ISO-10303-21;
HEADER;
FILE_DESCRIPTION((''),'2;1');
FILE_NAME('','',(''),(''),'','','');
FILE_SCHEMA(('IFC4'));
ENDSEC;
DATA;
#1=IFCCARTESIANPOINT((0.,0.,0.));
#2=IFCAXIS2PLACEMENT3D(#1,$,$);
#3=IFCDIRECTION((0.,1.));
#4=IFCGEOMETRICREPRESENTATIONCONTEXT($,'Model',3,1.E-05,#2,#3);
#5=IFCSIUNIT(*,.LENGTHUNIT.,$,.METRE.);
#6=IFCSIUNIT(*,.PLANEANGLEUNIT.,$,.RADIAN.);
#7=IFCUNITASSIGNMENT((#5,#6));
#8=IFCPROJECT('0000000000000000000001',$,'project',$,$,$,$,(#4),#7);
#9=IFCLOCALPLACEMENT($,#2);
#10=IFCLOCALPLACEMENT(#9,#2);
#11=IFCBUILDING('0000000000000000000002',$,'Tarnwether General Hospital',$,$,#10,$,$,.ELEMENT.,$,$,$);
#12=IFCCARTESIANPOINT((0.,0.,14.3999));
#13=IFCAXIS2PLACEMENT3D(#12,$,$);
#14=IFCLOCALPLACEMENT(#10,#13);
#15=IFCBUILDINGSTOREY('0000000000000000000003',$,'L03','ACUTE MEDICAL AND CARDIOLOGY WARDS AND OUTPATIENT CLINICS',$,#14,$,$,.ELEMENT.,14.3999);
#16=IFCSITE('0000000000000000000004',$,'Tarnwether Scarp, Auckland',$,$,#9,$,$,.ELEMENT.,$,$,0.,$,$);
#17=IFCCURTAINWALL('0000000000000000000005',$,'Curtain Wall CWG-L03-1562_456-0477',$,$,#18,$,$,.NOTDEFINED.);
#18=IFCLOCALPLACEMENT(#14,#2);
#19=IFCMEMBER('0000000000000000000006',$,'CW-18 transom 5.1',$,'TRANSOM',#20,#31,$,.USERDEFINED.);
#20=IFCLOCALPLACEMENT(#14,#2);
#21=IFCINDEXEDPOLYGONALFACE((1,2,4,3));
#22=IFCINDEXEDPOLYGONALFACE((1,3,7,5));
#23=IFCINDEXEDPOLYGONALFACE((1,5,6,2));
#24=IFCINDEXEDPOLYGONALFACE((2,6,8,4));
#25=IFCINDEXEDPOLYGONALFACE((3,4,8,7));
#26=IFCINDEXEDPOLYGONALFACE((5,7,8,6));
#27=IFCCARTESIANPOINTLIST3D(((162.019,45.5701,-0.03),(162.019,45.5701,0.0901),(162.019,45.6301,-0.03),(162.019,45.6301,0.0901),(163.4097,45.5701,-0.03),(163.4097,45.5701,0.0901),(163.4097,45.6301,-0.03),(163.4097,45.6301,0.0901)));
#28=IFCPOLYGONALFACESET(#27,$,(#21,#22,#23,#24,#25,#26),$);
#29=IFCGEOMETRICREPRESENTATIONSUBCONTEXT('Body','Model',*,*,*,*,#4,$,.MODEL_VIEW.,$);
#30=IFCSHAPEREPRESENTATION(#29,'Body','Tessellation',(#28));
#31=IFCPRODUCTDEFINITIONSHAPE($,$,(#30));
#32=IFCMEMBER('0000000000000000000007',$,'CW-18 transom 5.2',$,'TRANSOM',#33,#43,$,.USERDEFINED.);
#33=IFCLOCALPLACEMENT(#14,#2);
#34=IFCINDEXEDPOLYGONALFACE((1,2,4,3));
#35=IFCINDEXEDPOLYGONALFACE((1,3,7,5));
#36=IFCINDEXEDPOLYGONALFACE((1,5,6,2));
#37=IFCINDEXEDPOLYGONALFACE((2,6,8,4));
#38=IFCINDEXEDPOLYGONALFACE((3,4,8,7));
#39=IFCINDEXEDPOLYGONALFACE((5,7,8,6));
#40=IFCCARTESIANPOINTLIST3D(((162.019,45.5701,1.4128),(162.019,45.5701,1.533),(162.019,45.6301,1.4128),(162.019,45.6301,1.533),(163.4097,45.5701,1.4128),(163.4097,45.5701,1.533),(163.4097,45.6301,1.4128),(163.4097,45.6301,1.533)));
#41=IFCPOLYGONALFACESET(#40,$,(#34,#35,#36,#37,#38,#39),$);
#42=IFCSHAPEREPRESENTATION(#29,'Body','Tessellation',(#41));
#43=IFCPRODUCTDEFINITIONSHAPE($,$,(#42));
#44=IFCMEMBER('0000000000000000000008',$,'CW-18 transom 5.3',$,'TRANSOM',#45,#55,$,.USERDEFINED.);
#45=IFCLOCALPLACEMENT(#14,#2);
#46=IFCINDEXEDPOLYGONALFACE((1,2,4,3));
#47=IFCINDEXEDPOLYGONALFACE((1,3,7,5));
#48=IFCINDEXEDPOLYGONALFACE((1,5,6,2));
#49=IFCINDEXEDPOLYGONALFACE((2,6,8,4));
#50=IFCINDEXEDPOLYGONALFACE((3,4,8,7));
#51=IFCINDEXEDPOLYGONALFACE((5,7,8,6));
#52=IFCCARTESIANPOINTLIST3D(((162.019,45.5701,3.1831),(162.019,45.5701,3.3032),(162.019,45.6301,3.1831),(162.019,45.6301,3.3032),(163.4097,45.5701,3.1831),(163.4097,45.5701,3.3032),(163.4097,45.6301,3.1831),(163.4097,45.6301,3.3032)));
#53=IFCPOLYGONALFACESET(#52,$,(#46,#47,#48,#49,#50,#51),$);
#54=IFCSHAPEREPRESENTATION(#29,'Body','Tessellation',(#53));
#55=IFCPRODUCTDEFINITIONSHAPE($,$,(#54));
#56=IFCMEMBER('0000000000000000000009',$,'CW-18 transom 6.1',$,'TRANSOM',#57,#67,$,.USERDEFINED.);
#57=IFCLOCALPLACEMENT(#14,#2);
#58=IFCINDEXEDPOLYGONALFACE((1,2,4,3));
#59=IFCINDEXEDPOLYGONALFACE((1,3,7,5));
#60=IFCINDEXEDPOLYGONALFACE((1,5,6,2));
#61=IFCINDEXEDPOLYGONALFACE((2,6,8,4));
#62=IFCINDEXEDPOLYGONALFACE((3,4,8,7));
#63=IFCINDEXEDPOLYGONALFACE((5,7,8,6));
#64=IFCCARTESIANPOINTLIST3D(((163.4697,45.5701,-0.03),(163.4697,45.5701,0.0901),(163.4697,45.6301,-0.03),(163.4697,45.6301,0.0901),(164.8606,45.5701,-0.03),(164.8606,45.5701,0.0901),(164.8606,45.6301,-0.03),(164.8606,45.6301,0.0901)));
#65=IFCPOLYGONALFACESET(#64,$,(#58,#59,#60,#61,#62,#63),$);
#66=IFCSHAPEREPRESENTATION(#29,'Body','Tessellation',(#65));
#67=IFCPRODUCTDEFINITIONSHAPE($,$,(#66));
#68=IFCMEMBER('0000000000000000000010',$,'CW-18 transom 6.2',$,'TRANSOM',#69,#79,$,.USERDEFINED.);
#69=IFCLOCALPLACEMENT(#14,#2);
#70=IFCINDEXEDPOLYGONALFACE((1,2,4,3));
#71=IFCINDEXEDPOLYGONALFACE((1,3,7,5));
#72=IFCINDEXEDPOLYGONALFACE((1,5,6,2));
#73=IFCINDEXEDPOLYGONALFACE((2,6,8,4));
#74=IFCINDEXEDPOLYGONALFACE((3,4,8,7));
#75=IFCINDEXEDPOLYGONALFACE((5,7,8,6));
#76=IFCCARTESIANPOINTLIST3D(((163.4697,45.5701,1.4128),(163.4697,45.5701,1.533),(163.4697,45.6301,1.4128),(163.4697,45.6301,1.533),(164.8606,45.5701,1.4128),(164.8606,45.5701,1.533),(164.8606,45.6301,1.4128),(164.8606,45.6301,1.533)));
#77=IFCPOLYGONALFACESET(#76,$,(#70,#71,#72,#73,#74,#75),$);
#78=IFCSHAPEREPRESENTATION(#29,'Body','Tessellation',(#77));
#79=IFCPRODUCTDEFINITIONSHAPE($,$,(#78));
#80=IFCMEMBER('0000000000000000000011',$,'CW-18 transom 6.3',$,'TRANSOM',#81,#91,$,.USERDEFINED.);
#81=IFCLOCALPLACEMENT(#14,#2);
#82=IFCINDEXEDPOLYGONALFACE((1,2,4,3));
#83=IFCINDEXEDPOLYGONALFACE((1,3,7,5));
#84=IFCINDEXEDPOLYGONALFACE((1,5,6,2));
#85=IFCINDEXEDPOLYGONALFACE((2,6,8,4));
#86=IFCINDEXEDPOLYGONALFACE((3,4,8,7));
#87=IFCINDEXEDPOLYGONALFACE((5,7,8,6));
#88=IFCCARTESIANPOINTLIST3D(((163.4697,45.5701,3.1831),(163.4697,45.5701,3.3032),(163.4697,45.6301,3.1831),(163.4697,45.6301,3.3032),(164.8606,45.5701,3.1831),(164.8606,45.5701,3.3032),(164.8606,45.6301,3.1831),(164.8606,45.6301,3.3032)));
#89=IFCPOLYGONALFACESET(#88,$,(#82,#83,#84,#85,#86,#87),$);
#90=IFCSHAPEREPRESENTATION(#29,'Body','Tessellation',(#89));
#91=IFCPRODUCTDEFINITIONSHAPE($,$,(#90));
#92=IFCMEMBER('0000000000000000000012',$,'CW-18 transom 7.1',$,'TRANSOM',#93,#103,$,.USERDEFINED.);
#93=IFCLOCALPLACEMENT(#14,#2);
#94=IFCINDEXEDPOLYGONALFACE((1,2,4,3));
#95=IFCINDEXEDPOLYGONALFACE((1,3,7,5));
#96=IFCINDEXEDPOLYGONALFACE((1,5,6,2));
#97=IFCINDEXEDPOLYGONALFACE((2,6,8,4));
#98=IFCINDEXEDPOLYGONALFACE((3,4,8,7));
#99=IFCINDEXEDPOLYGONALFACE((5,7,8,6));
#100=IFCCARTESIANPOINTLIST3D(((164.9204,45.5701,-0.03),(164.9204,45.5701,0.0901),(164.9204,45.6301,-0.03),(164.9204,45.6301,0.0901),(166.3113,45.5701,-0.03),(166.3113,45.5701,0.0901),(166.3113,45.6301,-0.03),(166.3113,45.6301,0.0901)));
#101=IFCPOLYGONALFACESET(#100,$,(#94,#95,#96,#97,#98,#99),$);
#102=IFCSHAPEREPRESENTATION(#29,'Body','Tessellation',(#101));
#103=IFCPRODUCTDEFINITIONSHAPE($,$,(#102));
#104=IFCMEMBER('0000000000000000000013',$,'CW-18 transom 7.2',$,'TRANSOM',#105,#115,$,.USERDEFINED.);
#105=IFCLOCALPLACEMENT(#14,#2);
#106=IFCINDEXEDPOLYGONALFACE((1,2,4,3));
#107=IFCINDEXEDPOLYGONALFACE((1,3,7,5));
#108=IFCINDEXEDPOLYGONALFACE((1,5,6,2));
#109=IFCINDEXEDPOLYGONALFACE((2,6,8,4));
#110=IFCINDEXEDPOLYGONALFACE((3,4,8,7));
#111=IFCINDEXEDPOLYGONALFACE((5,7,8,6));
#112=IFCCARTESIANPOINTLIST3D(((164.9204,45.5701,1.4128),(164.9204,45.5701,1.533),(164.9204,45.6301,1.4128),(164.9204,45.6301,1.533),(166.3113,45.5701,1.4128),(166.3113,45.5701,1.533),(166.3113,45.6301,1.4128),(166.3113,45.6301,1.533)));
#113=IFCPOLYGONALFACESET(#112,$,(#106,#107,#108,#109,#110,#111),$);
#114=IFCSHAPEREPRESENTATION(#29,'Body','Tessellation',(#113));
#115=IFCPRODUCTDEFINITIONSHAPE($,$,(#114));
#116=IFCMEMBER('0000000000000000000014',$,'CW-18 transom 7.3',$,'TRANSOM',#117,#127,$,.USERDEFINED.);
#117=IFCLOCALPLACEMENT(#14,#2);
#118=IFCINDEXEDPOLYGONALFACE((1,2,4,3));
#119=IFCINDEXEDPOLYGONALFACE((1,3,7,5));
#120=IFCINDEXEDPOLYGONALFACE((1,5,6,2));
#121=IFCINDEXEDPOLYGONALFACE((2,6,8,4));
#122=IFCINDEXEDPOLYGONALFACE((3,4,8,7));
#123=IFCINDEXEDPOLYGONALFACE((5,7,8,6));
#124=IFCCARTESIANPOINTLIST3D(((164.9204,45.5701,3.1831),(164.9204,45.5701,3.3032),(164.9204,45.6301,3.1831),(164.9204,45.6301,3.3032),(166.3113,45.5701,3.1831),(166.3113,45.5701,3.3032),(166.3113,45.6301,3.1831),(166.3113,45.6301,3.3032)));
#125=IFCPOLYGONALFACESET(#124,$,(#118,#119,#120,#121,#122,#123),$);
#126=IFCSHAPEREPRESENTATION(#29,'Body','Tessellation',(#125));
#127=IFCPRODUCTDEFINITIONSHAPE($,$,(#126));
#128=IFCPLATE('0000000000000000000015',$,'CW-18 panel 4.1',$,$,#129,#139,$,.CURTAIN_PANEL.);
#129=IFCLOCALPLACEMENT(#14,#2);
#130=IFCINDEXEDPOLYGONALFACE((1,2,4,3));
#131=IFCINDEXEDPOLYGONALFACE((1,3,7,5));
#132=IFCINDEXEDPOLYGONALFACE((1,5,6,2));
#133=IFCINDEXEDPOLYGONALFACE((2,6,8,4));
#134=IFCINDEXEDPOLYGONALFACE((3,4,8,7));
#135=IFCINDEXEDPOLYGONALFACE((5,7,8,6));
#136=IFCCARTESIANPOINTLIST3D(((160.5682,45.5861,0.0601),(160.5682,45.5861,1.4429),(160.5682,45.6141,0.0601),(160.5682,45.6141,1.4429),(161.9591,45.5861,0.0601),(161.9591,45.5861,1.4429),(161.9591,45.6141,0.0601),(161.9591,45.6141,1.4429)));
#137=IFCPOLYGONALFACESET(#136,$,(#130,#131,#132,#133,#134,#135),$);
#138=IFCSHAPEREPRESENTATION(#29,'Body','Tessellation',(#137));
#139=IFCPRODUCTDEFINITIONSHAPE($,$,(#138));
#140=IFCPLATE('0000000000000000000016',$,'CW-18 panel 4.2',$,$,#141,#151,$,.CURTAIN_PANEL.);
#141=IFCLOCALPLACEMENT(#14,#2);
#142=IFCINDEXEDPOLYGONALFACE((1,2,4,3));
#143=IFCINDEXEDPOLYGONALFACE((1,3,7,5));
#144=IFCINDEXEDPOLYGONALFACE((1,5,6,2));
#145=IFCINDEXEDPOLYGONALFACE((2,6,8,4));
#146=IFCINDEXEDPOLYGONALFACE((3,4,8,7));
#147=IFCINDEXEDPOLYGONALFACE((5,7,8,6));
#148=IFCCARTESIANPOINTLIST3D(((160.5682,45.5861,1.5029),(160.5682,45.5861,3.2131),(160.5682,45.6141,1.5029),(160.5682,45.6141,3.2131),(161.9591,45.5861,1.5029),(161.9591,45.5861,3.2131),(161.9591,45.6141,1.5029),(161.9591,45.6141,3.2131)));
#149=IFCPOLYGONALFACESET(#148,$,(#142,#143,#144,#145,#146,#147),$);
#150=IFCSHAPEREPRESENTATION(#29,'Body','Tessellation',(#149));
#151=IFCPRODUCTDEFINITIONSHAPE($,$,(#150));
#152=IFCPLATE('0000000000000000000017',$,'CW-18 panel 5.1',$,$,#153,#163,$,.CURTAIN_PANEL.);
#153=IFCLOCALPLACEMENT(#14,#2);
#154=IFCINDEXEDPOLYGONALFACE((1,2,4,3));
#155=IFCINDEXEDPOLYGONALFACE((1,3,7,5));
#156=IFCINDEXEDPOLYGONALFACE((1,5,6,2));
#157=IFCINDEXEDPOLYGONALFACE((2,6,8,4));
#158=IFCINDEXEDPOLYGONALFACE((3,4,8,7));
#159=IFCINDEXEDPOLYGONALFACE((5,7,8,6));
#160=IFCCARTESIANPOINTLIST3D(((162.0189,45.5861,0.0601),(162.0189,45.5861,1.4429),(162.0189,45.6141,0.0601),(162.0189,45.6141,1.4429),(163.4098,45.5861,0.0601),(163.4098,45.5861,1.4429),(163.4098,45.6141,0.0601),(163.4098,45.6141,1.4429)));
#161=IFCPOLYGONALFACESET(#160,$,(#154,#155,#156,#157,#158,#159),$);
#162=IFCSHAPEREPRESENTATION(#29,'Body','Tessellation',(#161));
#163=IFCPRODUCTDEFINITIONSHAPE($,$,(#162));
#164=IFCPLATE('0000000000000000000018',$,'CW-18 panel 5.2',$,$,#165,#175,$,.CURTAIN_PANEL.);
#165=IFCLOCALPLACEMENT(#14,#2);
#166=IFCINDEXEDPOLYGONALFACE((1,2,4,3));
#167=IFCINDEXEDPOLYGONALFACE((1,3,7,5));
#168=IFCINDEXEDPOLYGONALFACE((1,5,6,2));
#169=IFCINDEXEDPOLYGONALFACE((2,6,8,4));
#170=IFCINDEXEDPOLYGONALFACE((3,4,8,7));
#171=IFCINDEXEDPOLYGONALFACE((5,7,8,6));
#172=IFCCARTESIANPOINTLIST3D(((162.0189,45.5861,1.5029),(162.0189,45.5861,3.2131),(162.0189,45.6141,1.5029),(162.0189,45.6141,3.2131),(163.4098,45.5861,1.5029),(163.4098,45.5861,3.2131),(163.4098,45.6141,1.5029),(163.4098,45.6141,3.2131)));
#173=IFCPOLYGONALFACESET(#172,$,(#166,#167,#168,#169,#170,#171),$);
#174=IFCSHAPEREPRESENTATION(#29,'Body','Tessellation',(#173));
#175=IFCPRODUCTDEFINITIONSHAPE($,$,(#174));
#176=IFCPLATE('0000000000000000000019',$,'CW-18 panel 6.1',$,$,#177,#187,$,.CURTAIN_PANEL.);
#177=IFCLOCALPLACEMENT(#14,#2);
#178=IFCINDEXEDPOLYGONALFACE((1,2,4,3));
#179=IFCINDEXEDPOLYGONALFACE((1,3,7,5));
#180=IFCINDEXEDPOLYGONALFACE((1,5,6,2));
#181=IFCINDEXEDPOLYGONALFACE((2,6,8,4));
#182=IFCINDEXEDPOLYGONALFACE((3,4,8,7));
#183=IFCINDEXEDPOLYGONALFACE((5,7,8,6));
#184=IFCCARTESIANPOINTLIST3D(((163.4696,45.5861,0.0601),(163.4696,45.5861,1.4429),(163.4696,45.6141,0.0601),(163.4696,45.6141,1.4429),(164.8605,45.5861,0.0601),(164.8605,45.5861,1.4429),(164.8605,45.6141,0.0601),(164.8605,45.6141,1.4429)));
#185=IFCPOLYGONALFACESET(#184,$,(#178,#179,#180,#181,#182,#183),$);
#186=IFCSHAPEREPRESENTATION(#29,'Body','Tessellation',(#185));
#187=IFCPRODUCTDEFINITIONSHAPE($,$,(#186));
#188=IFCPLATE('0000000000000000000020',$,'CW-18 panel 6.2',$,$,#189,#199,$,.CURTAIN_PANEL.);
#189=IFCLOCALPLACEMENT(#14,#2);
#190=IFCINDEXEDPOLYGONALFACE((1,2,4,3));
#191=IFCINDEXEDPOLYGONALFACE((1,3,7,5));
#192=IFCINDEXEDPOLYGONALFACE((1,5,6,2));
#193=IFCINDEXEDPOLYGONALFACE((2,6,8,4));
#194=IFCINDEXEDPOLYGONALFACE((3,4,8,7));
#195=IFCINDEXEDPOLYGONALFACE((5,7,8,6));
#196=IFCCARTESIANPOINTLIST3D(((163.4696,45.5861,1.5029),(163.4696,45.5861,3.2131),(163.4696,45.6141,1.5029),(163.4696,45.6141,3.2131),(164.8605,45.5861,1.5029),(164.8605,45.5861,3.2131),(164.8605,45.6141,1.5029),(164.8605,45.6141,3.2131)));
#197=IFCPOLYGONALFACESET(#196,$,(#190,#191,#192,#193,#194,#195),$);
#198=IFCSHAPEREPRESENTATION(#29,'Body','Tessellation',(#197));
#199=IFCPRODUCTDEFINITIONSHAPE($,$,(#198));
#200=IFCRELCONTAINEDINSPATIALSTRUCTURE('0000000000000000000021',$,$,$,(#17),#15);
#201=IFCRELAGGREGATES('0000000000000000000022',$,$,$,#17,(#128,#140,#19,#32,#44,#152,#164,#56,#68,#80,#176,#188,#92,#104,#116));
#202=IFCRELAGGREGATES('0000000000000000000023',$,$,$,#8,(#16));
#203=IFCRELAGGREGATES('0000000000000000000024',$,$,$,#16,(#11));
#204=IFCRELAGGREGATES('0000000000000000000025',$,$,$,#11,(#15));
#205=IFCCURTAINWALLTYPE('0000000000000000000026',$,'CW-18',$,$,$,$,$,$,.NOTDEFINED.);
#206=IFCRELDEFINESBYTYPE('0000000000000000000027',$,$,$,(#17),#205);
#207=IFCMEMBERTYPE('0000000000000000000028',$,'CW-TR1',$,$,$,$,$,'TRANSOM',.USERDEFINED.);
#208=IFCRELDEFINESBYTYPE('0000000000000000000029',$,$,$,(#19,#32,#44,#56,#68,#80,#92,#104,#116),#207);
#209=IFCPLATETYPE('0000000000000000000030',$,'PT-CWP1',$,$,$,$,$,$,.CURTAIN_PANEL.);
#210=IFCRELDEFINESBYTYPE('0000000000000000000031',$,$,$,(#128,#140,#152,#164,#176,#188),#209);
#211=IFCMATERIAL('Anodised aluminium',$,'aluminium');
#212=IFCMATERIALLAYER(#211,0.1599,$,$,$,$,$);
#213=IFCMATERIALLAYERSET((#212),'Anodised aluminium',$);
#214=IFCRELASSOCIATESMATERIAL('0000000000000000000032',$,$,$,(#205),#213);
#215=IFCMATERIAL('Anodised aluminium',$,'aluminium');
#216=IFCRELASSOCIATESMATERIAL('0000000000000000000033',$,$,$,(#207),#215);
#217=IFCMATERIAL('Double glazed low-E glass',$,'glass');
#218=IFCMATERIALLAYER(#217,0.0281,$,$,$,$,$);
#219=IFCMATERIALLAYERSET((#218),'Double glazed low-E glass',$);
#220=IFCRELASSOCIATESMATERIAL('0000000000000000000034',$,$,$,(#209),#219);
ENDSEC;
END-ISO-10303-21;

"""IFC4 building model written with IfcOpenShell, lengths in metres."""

from ifc_helpers import new_model, si_unit, direction, frame, origin, origin_2d, place, context, subcontext, project, spatial, rectangle, extrude, material, layer, layer_set, material_profile, profile_set, type_object, element, aggregate, save


model = new_model("IFC4")

# Units and contexts
model_context = context("Model", 3, precision=1e-05, world=origin(), true_north=direction((0.0, 1.0)))
body_context = subcontext(model_context, "Body", "Model", "MODEL_VIEW")
ifc_project = project(units=[si_unit("LENGTHUNIT", "METRE"), si_unit("PLANEANGLEUNIT", "RADIAN")], contexts=[model_context])

# Site, building, storey
site_placement = place(None, origin())
site = spatial("IfcSite", under=ifc_project, at=site_placement, Name="Tarnwether Scarp, Auckland", CompositionType="ELEMENT", RefElevation=0.0)
building_placement = place(site_placement, origin())
building = spatial("IfcBuilding", under=site, at=building_placement, Name="Tarnwether General Hospital", CompositionType="ELEMENT")
storey_placement = place(building_placement, frame((0.0, 0.0, 14.3999)))
storey = spatial("IfcBuildingStorey", under=building, at=storey_placement, Name="L03", Description="ACUTE MEDICAL AND CARDIOLOGY WARDS AND OUTPATIENT CLINICS", CompositionType="ELEMENT", Elevation=14.3999)

# Curtain wall, members, plates
ifc_material_1 = material(Name="Anodised aluminium", Category="aluminium")
ifc_layer_1 = layer(ifc_material_1, 0.1599)
ifc_layer_set_1 = layer_set([ifc_layer_1], Name="Anodised aluminium")
curtain_wall_type = type_object("IfcCurtainWallType", Name="CW-18", PredefinedType="NOTDEFINED", material=ifc_layer_set_1)
curtain_wall_placement = place(storey_placement, origin())
curtain_wall = element("IfcCurtainWall", 1, at=curtain_wall_placement, inside=storey, type_object=curtain_wall_type, Name="Curtain Wall CWG-L03-1562_456-0477", PredefinedType="NOTDEFINED")
ifc_material_2 = material(Name="Anodised aluminium", Category="aluminium")
ifc_material_profile_1 = material_profile(ifc_material_2, rectangle(XDim=0.0601, YDim=0.1201, at=origin_2d()), Name="ALU-TRN-60x120")
ifc_profile_set_1 = profile_set([ifc_material_profile_1], Name="Anodised aluminium")
member_type_1 = type_object("IfcMemberType", Name="CW-TR1", ElementType="TRANSOM", PredefinedType="USERDEFINED", material=ifc_profile_set_1)
member_1_placement = place(storey_placement, frame((162.019, 45.6001, 0.03), z_axis=(1.0, 0.0, 0.0), x_axis=(0.0, 1.0, 0.0)))
member_1 = element("IfcMember", 2, at=member_1_placement, type_object=member_type_1, Name="CW-18 transom 5.1", ObjectType="TRANSOM", PredefinedType="USERDEFINED", context=body_context, shape_type="SweptSolid", body=[
    extrude(rectangle(XDim=0.0601, YDim=0.1201, at=origin_2d()), origin(), (0.0, 0.0, 1.0), 1.3906),
])
member_2_placement = place(storey_placement, frame((162.019, 45.6001, 1.4729), z_axis=(1.0, 0.0, 0.0), x_axis=(0.0, 1.0, 0.0)))
member_2 = element("IfcMember", 3, at=member_2_placement, type_object=member_type_1, Name="CW-18 transom 5.2", ObjectType="TRANSOM", PredefinedType="USERDEFINED", context=body_context, shape_type="SweptSolid", body=[
    extrude(rectangle(XDim=0.0601, YDim=0.1201, at=origin_2d()), origin(), (0.0, 0.0, 1.0), 1.3906),
])
member_3_placement = place(storey_placement, frame((162.019, 45.6001, 3.2432), z_axis=(1.0, 0.0, 0.0), x_axis=(0.0, 1.0, 0.0)))
member_3 = element("IfcMember", 4, at=member_3_placement, type_object=member_type_1, Name="CW-18 transom 5.3", ObjectType="TRANSOM", PredefinedType="USERDEFINED", context=body_context, shape_type="SweptSolid", body=[
    extrude(rectangle(XDim=0.0601, YDim=0.1201, at=origin_2d()), origin(), (0.0, 0.0, 1.0), 1.3906),
])
member_4_placement = place(storey_placement, frame((163.4697, 45.6001, 0.03), z_axis=(1.0, 0.0, 0.0), x_axis=(0.0, 1.0, 0.0)))
member_4 = element("IfcMember", 5, at=member_4_placement, type_object=member_type_1, Name="CW-18 transom 6.1", ObjectType="TRANSOM", PredefinedType="USERDEFINED", context=body_context, shape_type="SweptSolid", body=[
    extrude(rectangle(XDim=0.0601, YDim=0.1201, at=origin_2d()), origin(), (0.0, 0.0, 1.0), 1.3909),
])
member_5_placement = place(storey_placement, frame((163.4697, 45.6001, 1.4729), z_axis=(1.0, 0.0, 0.0), x_axis=(0.0, 1.0, 0.0)))
member_5 = element("IfcMember", 6, at=member_5_placement, type_object=member_type_1, Name="CW-18 transom 6.2", ObjectType="TRANSOM", PredefinedType="USERDEFINED", context=body_context, shape_type="SweptSolid", body=[
    extrude(rectangle(XDim=0.0601, YDim=0.1201, at=origin_2d()), origin(), (0.0, 0.0, 1.0), 1.3909),
])
member_6_placement = place(storey_placement, frame((163.4697, 45.6001, 3.2432), z_axis=(1.0, 0.0, 0.0), x_axis=(0.0, 1.0, 0.0)))
member_6 = element("IfcMember", 7, at=member_6_placement, type_object=member_type_1, Name="CW-18 transom 6.3", ObjectType="TRANSOM", PredefinedType="USERDEFINED", context=body_context, shape_type="SweptSolid", body=[
    extrude(rectangle(XDim=0.0601, YDim=0.1201, at=origin_2d()), origin(), (0.0, 0.0, 1.0), 1.3909),
])
member_7_placement = place(storey_placement, frame((164.9204, 45.6001, 0.03), z_axis=(1.0, 0.0, 0.0), x_axis=(0.0, 1.0, 0.0)))
member_7 = element("IfcMember", 8, at=member_7_placement, type_object=member_type_1, Name="CW-18 transom 7.1", ObjectType="TRANSOM", PredefinedType="USERDEFINED", context=body_context, shape_type="SweptSolid", body=[
    extrude(rectangle(XDim=0.0601, YDim=0.1201, at=origin_2d()), origin(), (0.0, 0.0, 1.0), 1.3909),
])
member_8_placement = place(storey_placement, frame((164.9204, 45.6001, 1.4729), z_axis=(1.0, 0.0, 0.0), x_axis=(0.0, 1.0, 0.0)))
member_8 = element("IfcMember", 9, at=member_8_placement, type_object=member_type_1, Name="CW-18 transom 7.2", ObjectType="TRANSOM", PredefinedType="USERDEFINED", context=body_context, shape_type="SweptSolid", body=[
    extrude(rectangle(XDim=0.0601, YDim=0.1201, at=origin_2d()), origin(), (0.0, 0.0, 1.0), 1.3909),
])
member_9_placement = place(storey_placement, frame((164.9204, 45.6001, 3.2432), z_axis=(1.0, 0.0, 0.0), x_axis=(0.0, 1.0, 0.0)))
member_9 = element("IfcMember", 10, at=member_9_placement, type_object=member_type_1, Name="CW-18 transom 7.3", ObjectType="TRANSOM", PredefinedType="USERDEFINED", context=body_context, shape_type="SweptSolid", body=[
    extrude(rectangle(XDim=0.0601, YDim=0.1201, at=origin_2d()), origin(), (0.0, 0.0, 1.0), 1.3909),
])
ifc_material_3 = material(Name="Double glazed low-E glass", Category="glass")
ifc_layer_2 = layer(ifc_material_3, 0.0281)
ifc_layer_set_2 = layer_set([ifc_layer_2], Name="Double glazed low-E glass")
plate_type = type_object("IfcPlateType", Name="PT-CWP1", PredefinedType="CURTAIN_PANEL", material=ifc_layer_set_2)
plate_1_placement = place(storey_placement, frame((161.2637, 45.6001, 0.0601), z_axis=(0.0, 0.0, 1.0), x_axis=(1.0, 0.0, 0.0)))
plate_1 = element("IfcPlate", 11, at=plate_1_placement, type_object=plate_type, Name="CW-18 panel 4.1", PredefinedType="CURTAIN_PANEL", context=body_context, shape_type="SweptSolid", body=[
    extrude(rectangle(XDim=1.3909, YDim=0.0281, at=origin_2d()), origin(), (0.0, 0.0, 1.0), 1.3828),
])
plate_2_placement = place(storey_placement, frame((161.2637, 45.6001, 1.5029), z_axis=(0.0, 0.0, 1.0), x_axis=(1.0, 0.0, 0.0)))
plate_2 = element("IfcPlate", 12, at=plate_2_placement, type_object=plate_type, Name="CW-18 panel 4.2", PredefinedType="CURTAIN_PANEL", context=body_context, shape_type="SweptSolid", body=[
    extrude(rectangle(XDim=1.3909, YDim=0.0281, at=origin_2d()), origin(), (0.0, 0.0, 1.0), 1.7102),
])
plate_3_placement = place(storey_placement, frame((162.7144, 45.6001, 0.0601), z_axis=(0.0, 0.0, 1.0), x_axis=(1.0, 0.0, 0.0)))
plate_3 = element("IfcPlate", 13, at=plate_3_placement, type_object=plate_type, Name="CW-18 panel 5.1", PredefinedType="CURTAIN_PANEL", context=body_context, shape_type="SweptSolid", body=[
    extrude(rectangle(XDim=1.3909, YDim=0.0281, at=origin_2d()), origin(), (0.0, 0.0, 1.0), 1.3828),
])
plate_4_placement = place(storey_placement, frame((162.7144, 45.6001, 1.5029), z_axis=(0.0, 0.0, 1.0), x_axis=(1.0, 0.0, 0.0)))
plate_4 = element("IfcPlate", 14, at=plate_4_placement, type_object=plate_type, Name="CW-18 panel 5.2", PredefinedType="CURTAIN_PANEL", context=body_context, shape_type="SweptSolid", body=[
    extrude(rectangle(XDim=1.3909, YDim=0.0281, at=origin_2d()), origin(), (0.0, 0.0, 1.0), 1.7102),
])
plate_5_placement = place(storey_placement, frame((164.165, 45.6001, 0.0601), z_axis=(0.0, 0.0, 1.0), x_axis=(1.0, 0.0, 0.0)))
plate_5 = element("IfcPlate", 15, at=plate_5_placement, type_object=plate_type, Name="CW-18 panel 6.1", PredefinedType="CURTAIN_PANEL", context=body_context, shape_type="SweptSolid", body=[
    extrude(rectangle(XDim=1.3909, YDim=0.0281, at=origin_2d()), origin(), (0.0, 0.0, 1.0), 1.3828),
])
plate_6_placement = place(storey_placement, frame((164.165, 45.6001, 1.5029), z_axis=(0.0, 0.0, 1.0), x_axis=(1.0, 0.0, 0.0)))
plate_6 = element("IfcPlate", 16, at=plate_6_placement, type_object=plate_type, Name="CW-18 panel 6.2", PredefinedType="CURTAIN_PANEL", context=body_context, shape_type="SweptSolid", body=[
    extrude(rectangle(XDim=1.3909, YDim=0.0281, at=origin_2d()), origin(), (0.0, 0.0, 1.0), 1.7102),
])
aggregate(curtain_wall, [plate_1, plate_2, member_1, member_2, member_3, plate_3, plate_4, member_4, member_5, member_6, plate_5, plate_6, member_7, member_8, member_9])

save(model, "model.ifc")
